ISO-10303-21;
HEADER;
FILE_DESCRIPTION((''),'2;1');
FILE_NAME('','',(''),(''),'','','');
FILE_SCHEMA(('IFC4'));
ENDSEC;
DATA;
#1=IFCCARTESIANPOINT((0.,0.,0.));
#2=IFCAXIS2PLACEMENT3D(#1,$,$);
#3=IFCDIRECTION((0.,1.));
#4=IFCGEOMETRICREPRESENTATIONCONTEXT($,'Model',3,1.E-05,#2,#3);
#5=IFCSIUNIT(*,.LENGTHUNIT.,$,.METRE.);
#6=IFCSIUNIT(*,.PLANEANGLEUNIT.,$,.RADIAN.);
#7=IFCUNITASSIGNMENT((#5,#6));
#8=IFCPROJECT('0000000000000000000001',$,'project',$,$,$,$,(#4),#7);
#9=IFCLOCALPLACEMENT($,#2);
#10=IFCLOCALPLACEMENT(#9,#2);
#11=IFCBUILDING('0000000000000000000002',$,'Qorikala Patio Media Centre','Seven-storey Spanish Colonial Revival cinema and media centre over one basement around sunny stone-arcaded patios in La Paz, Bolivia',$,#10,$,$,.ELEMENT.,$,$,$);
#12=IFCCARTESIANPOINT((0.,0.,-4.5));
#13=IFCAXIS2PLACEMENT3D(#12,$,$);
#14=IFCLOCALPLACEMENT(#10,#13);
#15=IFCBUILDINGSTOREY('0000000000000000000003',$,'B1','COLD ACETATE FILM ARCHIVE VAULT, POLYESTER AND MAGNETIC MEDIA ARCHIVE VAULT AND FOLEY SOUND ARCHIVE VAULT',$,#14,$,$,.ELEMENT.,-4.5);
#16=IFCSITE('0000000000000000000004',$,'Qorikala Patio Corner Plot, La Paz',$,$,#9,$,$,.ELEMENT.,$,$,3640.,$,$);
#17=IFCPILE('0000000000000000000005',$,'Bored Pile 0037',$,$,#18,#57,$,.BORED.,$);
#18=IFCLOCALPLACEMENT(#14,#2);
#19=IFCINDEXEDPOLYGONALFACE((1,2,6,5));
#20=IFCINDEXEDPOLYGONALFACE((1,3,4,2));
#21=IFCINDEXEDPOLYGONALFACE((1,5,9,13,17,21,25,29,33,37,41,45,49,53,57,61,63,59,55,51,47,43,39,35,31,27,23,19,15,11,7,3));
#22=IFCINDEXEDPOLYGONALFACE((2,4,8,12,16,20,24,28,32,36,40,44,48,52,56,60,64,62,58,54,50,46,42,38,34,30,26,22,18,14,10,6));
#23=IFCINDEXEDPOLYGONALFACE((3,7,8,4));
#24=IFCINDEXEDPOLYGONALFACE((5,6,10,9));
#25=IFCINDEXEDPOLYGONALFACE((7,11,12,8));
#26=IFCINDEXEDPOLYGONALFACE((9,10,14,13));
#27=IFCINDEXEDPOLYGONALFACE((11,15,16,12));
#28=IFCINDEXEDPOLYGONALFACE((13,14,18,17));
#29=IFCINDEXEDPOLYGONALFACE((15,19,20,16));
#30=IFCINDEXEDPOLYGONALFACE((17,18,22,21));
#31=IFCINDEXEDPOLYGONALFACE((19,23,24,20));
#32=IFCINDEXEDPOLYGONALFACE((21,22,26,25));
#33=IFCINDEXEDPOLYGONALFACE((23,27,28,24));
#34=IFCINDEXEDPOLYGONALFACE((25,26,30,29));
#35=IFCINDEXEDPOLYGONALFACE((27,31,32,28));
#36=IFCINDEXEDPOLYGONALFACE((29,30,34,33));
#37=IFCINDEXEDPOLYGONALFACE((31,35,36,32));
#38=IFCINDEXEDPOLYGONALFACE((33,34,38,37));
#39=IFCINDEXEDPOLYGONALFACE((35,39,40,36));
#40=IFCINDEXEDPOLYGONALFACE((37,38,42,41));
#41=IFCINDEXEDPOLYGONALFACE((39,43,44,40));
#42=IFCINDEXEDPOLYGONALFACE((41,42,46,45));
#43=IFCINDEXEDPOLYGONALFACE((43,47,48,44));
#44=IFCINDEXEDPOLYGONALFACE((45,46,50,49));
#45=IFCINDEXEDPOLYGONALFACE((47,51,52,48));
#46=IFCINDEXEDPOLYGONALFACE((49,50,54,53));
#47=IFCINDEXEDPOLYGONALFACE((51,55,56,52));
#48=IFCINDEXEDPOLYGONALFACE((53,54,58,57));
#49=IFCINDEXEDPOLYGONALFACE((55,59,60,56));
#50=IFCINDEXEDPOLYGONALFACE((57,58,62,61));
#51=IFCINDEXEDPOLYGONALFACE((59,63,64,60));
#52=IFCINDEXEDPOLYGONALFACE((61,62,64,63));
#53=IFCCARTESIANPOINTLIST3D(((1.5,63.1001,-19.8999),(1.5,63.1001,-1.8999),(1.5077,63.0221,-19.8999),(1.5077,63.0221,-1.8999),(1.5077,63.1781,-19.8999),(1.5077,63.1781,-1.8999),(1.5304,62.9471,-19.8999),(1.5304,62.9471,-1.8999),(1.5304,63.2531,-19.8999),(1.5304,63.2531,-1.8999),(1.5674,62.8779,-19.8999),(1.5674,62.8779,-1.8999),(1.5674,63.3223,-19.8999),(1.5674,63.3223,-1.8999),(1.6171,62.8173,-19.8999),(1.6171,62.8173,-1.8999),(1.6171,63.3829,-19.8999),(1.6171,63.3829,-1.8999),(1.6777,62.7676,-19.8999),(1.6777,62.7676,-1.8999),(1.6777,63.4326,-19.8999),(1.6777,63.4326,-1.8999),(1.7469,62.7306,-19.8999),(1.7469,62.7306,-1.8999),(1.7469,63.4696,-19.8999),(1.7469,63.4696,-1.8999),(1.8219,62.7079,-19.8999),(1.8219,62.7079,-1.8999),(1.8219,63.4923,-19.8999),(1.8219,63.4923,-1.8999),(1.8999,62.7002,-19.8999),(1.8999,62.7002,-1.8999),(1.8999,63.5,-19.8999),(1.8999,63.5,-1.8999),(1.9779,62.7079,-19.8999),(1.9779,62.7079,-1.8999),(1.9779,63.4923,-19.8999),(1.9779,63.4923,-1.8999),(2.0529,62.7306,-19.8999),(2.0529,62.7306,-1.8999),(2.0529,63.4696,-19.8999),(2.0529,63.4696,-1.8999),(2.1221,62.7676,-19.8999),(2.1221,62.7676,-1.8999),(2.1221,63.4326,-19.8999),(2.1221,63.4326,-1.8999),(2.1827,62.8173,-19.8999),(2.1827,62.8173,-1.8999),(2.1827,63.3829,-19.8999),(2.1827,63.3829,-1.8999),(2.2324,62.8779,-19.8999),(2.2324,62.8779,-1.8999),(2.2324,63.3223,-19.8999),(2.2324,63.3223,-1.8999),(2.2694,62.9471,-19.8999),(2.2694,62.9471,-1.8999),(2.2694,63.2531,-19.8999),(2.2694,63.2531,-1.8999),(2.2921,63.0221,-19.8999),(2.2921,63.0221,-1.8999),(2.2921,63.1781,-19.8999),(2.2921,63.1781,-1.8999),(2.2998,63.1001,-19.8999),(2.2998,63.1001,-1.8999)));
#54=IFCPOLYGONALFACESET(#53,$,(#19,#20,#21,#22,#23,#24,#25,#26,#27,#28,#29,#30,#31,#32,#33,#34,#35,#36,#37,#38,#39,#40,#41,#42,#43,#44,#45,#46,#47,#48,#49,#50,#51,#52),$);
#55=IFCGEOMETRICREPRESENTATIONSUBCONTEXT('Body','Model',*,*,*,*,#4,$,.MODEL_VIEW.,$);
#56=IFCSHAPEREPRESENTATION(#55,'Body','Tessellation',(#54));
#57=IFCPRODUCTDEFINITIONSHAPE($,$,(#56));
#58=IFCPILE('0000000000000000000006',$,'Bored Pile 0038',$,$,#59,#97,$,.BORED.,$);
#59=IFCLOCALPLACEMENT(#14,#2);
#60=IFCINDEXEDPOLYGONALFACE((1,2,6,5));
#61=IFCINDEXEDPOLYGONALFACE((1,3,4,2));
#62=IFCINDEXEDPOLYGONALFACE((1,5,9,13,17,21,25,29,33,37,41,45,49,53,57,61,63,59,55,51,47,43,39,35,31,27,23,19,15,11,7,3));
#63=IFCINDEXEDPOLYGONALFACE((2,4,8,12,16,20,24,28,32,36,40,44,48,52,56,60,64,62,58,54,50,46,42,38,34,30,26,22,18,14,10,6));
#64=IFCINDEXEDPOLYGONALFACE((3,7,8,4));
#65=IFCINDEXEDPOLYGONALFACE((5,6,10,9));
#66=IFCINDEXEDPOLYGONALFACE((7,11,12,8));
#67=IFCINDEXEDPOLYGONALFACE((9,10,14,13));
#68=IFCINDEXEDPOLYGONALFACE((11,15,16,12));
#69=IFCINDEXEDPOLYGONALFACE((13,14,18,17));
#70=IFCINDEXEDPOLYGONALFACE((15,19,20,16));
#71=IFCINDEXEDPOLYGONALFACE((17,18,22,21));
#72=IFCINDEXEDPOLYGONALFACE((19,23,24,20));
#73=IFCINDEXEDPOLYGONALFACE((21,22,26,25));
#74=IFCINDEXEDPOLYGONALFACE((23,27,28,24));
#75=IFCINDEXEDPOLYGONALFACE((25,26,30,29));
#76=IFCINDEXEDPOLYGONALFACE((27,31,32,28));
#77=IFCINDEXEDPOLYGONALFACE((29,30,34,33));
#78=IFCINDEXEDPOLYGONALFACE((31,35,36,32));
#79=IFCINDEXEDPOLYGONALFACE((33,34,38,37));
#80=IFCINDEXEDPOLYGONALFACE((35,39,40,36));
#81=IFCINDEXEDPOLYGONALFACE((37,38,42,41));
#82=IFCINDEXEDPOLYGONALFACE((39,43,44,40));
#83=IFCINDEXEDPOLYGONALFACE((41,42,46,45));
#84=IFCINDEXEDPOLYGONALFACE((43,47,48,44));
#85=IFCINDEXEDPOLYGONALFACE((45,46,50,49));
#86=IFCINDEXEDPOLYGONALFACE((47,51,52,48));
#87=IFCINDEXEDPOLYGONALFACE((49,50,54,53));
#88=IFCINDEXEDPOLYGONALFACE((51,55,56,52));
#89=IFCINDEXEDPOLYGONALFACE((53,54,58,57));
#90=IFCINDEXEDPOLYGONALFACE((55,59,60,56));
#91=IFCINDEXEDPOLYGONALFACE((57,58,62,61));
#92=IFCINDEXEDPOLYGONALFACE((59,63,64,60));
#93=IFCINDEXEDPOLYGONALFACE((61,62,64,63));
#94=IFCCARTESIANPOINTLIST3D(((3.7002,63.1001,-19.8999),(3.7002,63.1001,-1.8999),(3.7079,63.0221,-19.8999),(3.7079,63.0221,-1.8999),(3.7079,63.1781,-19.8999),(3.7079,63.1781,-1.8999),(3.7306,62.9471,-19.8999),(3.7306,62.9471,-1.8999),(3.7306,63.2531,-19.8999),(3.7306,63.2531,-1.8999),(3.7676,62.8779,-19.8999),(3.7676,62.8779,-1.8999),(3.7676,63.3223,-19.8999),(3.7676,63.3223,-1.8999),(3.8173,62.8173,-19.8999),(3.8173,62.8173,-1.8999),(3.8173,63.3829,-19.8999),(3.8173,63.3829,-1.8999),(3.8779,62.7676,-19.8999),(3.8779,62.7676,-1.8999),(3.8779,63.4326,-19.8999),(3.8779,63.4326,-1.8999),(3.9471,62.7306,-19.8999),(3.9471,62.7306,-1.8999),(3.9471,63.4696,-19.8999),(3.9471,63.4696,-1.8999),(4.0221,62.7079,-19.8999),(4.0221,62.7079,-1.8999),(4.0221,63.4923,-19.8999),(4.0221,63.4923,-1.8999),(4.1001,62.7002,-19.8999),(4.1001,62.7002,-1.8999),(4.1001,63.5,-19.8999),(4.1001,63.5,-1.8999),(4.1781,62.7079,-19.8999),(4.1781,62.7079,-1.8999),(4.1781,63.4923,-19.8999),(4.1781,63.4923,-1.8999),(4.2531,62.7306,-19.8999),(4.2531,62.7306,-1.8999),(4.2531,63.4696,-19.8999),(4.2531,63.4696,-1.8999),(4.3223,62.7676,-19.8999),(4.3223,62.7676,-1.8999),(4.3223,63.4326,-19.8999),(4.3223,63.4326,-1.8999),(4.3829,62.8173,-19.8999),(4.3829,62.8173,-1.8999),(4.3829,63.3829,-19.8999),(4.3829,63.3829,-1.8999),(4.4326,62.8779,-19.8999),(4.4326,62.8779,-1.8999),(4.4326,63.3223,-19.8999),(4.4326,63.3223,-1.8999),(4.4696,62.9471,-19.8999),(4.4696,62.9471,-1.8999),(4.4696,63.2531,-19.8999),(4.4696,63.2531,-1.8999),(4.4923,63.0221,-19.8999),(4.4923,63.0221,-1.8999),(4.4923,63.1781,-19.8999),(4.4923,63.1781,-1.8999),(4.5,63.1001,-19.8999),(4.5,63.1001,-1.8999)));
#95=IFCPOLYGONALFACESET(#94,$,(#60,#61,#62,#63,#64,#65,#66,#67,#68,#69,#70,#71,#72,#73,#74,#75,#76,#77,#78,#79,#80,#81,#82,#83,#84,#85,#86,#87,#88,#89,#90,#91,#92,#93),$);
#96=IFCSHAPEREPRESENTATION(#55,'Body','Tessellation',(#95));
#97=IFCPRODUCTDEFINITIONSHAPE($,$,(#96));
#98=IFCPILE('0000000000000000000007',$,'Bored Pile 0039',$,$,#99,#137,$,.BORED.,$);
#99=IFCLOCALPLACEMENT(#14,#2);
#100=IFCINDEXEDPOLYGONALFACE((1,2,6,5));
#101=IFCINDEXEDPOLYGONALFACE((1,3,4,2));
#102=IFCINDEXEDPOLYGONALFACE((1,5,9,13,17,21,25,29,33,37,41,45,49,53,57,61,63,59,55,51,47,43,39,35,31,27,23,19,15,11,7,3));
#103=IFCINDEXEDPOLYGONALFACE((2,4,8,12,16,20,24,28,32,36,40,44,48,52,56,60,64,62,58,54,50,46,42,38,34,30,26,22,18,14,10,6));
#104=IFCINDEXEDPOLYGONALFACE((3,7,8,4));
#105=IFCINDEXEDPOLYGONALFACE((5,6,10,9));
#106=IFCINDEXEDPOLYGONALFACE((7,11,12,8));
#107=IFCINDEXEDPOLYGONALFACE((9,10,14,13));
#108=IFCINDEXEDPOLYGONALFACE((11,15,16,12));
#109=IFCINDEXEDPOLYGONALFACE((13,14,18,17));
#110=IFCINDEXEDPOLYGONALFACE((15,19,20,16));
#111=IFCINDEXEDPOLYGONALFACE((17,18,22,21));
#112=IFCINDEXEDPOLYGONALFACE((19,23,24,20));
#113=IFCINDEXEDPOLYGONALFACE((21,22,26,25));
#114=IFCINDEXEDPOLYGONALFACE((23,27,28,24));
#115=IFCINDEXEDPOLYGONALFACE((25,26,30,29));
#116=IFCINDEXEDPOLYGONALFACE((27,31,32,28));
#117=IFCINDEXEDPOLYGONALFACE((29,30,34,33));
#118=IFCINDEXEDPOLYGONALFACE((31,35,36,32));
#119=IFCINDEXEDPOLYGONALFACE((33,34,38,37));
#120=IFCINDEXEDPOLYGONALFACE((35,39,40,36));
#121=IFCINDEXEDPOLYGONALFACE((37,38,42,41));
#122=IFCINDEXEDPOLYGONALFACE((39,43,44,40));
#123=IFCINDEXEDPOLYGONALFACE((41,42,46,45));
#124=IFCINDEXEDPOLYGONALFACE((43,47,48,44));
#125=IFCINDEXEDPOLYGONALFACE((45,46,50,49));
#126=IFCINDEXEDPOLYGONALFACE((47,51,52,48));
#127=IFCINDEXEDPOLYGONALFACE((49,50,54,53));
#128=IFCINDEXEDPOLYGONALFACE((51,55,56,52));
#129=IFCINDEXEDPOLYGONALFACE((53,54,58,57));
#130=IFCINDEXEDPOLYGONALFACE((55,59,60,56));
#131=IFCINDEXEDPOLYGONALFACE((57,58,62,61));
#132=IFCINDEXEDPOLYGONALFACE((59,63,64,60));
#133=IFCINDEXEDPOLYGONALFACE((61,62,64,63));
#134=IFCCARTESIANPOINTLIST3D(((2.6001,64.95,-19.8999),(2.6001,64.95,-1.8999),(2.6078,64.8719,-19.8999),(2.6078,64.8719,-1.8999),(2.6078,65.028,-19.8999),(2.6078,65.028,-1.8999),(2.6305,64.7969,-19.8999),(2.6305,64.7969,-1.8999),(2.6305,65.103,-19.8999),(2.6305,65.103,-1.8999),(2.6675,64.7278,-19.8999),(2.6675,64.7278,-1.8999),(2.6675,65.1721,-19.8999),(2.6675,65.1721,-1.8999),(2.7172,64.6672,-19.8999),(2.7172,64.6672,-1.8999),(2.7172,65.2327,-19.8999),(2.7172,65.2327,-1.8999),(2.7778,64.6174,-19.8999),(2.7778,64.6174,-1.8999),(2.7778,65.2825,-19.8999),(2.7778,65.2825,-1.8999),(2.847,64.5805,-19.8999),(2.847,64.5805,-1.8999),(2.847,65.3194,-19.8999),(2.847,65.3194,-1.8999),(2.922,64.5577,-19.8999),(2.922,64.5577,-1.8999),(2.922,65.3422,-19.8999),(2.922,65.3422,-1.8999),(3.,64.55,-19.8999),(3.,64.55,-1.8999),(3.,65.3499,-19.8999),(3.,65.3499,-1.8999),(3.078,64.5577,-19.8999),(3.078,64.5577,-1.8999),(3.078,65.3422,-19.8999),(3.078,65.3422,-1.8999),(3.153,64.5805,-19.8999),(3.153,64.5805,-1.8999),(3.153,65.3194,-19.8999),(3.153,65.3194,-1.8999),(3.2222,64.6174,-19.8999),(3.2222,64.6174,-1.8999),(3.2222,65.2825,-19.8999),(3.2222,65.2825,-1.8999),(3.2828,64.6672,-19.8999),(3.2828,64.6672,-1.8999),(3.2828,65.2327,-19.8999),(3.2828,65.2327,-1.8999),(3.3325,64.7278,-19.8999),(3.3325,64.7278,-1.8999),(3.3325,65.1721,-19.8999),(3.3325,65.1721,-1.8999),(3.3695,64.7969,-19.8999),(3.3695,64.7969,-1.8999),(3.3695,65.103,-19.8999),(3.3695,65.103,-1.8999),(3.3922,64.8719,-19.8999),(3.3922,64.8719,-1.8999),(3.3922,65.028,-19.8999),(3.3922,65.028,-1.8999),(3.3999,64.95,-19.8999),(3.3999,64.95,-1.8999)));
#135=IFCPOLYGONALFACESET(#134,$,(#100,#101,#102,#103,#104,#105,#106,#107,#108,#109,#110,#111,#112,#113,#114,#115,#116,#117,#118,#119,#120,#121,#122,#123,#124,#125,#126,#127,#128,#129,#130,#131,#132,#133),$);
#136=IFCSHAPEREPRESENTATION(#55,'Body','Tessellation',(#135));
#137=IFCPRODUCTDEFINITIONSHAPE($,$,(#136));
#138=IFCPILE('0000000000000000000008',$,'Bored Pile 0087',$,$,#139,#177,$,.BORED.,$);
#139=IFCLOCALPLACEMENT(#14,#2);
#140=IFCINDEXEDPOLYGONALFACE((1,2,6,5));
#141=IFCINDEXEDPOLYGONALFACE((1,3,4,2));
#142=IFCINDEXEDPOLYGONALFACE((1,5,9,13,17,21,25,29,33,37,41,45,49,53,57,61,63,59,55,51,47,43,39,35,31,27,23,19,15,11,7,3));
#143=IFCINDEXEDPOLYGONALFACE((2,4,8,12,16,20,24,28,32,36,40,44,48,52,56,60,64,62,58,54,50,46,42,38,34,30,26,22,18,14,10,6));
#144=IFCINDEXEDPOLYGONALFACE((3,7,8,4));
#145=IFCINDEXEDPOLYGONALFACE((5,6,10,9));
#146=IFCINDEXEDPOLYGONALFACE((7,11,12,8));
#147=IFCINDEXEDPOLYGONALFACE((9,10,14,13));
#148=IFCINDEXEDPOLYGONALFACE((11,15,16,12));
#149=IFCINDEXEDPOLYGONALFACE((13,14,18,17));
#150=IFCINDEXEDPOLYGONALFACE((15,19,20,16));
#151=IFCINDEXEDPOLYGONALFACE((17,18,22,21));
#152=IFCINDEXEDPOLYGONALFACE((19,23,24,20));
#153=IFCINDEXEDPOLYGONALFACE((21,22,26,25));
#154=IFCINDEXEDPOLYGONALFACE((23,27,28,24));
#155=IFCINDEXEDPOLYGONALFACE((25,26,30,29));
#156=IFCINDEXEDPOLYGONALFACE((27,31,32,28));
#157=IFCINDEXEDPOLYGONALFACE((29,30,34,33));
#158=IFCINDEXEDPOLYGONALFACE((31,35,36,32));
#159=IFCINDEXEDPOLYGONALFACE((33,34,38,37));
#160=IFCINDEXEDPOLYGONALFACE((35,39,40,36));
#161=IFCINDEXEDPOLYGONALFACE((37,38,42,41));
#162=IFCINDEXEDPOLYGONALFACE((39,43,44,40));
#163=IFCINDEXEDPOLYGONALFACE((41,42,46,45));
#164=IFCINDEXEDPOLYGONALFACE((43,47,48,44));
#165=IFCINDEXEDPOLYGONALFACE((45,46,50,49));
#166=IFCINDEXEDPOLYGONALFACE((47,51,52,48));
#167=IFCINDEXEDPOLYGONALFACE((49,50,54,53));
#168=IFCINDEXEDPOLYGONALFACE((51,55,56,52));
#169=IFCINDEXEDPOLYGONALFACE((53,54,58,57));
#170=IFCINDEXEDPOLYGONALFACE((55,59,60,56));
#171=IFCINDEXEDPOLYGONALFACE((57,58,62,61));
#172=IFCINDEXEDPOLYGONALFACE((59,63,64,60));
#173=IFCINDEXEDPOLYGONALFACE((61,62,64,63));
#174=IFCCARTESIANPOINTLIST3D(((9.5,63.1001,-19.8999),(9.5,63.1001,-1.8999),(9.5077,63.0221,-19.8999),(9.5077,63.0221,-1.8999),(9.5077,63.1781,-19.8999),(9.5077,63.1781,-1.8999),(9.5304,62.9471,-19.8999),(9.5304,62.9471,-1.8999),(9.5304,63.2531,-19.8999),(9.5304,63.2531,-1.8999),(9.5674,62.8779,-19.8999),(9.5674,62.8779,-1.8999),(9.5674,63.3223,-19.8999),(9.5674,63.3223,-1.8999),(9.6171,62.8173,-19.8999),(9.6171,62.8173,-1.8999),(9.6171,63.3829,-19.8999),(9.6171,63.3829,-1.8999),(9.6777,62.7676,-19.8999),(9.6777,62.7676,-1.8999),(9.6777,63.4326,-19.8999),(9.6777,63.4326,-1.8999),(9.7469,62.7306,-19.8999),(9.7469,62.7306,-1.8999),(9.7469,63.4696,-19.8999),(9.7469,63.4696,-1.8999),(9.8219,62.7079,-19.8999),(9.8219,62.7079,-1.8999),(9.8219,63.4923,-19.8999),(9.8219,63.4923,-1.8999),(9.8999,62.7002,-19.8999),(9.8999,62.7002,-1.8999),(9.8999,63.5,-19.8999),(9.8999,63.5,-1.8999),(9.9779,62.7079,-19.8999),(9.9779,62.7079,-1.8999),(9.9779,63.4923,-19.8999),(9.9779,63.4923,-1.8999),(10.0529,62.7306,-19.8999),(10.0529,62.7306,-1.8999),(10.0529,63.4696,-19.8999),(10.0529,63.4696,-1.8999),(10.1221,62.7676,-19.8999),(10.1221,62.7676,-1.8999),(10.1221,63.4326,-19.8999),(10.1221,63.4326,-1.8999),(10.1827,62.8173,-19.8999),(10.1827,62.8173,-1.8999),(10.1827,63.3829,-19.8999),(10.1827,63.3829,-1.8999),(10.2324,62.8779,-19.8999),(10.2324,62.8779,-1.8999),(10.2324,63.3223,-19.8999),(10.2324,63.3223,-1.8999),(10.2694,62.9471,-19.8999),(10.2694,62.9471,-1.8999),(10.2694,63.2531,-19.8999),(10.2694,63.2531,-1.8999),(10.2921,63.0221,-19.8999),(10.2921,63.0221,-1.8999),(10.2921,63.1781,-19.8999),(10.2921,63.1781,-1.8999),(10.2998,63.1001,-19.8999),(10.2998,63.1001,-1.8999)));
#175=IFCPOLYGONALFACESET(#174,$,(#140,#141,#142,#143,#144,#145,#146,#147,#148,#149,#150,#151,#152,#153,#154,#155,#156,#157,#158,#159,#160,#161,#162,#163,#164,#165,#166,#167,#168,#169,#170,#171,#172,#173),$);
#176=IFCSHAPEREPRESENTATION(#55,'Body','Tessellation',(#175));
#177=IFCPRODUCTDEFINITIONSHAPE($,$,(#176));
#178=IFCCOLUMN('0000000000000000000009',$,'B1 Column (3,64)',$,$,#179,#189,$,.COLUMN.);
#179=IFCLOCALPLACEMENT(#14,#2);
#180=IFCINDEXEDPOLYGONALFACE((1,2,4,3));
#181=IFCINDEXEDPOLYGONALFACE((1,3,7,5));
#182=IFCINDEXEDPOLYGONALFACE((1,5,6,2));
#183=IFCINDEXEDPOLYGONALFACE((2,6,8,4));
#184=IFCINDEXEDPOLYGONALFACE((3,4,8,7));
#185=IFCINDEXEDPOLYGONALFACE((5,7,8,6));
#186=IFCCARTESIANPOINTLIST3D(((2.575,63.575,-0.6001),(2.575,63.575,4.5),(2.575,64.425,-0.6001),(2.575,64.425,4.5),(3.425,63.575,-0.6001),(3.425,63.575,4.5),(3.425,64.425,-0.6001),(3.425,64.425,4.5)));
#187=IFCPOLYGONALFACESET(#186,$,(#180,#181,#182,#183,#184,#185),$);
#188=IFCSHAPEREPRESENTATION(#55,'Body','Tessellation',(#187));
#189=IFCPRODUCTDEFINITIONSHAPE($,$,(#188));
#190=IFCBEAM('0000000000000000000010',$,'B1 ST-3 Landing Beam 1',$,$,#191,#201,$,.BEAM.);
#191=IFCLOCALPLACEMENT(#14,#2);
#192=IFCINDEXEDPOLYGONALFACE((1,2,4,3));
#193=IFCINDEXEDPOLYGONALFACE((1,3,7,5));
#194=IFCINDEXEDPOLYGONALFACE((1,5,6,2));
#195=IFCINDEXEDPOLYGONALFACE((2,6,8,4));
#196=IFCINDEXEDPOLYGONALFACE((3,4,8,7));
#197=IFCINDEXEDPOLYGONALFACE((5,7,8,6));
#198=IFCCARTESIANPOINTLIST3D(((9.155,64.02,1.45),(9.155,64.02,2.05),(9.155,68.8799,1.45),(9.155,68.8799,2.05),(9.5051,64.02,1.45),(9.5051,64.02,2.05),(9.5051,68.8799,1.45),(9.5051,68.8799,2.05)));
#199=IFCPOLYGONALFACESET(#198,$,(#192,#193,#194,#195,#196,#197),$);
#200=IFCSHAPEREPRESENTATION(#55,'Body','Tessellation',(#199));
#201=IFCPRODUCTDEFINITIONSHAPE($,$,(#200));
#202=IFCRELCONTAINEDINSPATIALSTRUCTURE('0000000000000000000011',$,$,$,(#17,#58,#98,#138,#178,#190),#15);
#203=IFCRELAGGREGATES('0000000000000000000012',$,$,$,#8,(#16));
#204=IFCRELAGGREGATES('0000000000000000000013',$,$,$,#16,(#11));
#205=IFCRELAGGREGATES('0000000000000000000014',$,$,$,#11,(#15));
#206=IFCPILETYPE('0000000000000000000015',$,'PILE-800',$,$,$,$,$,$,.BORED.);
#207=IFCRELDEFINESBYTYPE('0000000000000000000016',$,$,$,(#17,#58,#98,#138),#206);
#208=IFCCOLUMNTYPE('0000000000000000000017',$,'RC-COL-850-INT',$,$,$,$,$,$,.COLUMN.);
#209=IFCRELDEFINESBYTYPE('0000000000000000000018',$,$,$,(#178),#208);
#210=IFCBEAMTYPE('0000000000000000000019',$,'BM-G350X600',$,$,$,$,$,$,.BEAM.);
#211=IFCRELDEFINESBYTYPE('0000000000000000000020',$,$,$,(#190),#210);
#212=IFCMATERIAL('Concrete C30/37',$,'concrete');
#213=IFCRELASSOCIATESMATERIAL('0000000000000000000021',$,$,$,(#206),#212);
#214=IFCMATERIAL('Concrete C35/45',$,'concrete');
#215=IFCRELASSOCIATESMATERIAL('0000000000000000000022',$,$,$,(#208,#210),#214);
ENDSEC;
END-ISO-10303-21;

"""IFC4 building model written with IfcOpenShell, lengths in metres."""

from ifc_helpers import new_model, si_unit, direction, frame, origin, origin_2d, place, context, subcontext, project, spatial, rectangle, circle, extrude, material, material_profile, profile_set, type_object, element, save


model = new_model("IFC4")

# Units and contexts
model_context = context("Model", 3, precision=1e-05, world=origin(), true_north=direction((0.0, 1.0)))
body_context = subcontext(model_context, "Body", "Model", "MODEL_VIEW")
ifc_project = project(units=[si_unit("LENGTHUNIT", "METRE"), si_unit("PLANEANGLEUNIT", "RADIAN")], contexts=[model_context])

# Site, building, storey
site_placement = place(None, origin())
site = spatial("IfcSite", under=ifc_project, at=site_placement, Name="Qorikala Patio Corner Plot, La Paz", CompositionType="ELEMENT", RefElevation=3640.0)
building_placement = place(site_placement, origin())
building = spatial("IfcBuilding", under=site, at=building_placement, Name="Qorikala Patio Media Centre", Description="Seven-storey Spanish Colonial Revival cinema and media centre over one basement around sunny stone-arcaded patios in La Paz, Bolivia", CompositionType="ELEMENT")
storey_placement = place(building_placement, frame((0.0, 0.0, -4.5)))
storey = spatial("IfcBuildingStorey", under=building, at=storey_placement, Name="B1", Description="COLD ACETATE FILM ARCHIVE VAULT, POLYESTER AND MAGNETIC MEDIA ARCHIVE VAULT AND FOLEY SOUND ARCHIVE VAULT", CompositionType="ELEMENT", Elevation=-4.5)

# Shared definitions
ifc_material_1 = material(Name="Concrete C30/37", Category="concrete")

# Piles
ifc_material_profile_1 = material_profile(ifc_material_1, circle(Radius=0.3999, at=origin_2d()), Name="BORED PILE 800")
ifc_profile_set_1 = profile_set([ifc_material_profile_1], Name="Concrete C30/37")
pile_type_1 = type_object("IfcPileType", Name="PILE-800", PredefinedType="BORED", material=ifc_profile_set_1)
for number, where, z_axis, x_axis, name in (
    (1, (1.8999, 63.1001, -1.8999), (0.0, 0.0, -1.0), (1.0, 0.0, 0.0), "Bored Pile 0037"),
    (2, (4.1001, 63.1001, -1.8999), (0.0, 0.0, -1.0), (1.0, 0.0, 0.0), "Bored Pile 0038"),
    (3, (3.0, 64.95, -1.8999), (0.0, 0.0, -1.0), (1.0, 0.0, 0.0), "Bored Pile 0039"),
    (4, (9.8999, 63.1001, -1.8999), (0.0, 0.0, -1.0), (1.0, 0.0, 0.0), "Bored Pile 0087"),
):
    element("IfcPile", number, at=place(storey_placement, frame(where, z_axis=z_axis, x_axis=x_axis)), inside=storey, type_object=pile_type_1, Name=name, PredefinedType="BORED", context=body_context, shape_type="SweptSolid", body=[
        extrude(circle(Radius=0.3999, at=origin_2d()), origin(), (0.0, 0.0, 1.0), 18.0),
    ])

# Column
ifc_material_2 = material(Name="Concrete C35/45", Category="concrete")
ifc_material_profile_2 = material_profile(ifc_material_2, rectangle(XDim=0.8501, YDim=0.8501, at=origin_2d()), Name="RC 850x850")
ifc_profile_set_2 = profile_set([ifc_material_profile_2], Name="Concrete C35/45")
column_type = type_object("IfcColumnType", Name="RC-COL-850-INT", PredefinedType="COLUMN", material=ifc_profile_set_2)
column_placement = place(storey_placement, frame((3.0, 64.0, -0.6001), z_axis=(0.0, 0.0, 1.0), x_axis=(1.0, 0.0, 0.0)))
element("IfcColumn", 5, at=column_placement, inside=storey, type_object=column_type, Name="B1 Column (3,64)", PredefinedType="COLUMN", context=body_context, shape_type="SweptSolid", body=[
    extrude(rectangle(XDim=0.8501, YDim=0.8501, at=origin_2d()), origin(), (0.0, 0.0, 1.0), 5.1001),
])

# Beam
ifc_material_profile_3 = material_profile(ifc_material_2, rectangle(XDim=0.3501, YDim=0.6001, at=origin_2d()), Name="RC 350x600")
ifc_profile_set_3 = profile_set([ifc_material_profile_3], Name="Concrete C35/45")
beam_type = type_object("IfcBeamType", Name="BM-G350X600", PredefinedType="BEAM", material=ifc_profile_set_3)
beam_placement = place(storey_placement, frame((9.3301, 64.02, 1.75), z_axis=(0.0, 1.0, 0.0), x_axis=(-1.0, 0.0, 0.0)))
element("IfcBeam", 6, at=beam_placement, inside=storey, type_object=beam_type, Name="B1 ST-3 Landing Beam 1", PredefinedType="BEAM", context=body_context, shape_type="SweptSolid", body=[
    extrude(rectangle(XDim=0.3501, YDim=0.6001, at=origin_2d()), origin(), (0.0, 0.0, 1.0), 4.8599),
])

save(model, "model.ifc")
